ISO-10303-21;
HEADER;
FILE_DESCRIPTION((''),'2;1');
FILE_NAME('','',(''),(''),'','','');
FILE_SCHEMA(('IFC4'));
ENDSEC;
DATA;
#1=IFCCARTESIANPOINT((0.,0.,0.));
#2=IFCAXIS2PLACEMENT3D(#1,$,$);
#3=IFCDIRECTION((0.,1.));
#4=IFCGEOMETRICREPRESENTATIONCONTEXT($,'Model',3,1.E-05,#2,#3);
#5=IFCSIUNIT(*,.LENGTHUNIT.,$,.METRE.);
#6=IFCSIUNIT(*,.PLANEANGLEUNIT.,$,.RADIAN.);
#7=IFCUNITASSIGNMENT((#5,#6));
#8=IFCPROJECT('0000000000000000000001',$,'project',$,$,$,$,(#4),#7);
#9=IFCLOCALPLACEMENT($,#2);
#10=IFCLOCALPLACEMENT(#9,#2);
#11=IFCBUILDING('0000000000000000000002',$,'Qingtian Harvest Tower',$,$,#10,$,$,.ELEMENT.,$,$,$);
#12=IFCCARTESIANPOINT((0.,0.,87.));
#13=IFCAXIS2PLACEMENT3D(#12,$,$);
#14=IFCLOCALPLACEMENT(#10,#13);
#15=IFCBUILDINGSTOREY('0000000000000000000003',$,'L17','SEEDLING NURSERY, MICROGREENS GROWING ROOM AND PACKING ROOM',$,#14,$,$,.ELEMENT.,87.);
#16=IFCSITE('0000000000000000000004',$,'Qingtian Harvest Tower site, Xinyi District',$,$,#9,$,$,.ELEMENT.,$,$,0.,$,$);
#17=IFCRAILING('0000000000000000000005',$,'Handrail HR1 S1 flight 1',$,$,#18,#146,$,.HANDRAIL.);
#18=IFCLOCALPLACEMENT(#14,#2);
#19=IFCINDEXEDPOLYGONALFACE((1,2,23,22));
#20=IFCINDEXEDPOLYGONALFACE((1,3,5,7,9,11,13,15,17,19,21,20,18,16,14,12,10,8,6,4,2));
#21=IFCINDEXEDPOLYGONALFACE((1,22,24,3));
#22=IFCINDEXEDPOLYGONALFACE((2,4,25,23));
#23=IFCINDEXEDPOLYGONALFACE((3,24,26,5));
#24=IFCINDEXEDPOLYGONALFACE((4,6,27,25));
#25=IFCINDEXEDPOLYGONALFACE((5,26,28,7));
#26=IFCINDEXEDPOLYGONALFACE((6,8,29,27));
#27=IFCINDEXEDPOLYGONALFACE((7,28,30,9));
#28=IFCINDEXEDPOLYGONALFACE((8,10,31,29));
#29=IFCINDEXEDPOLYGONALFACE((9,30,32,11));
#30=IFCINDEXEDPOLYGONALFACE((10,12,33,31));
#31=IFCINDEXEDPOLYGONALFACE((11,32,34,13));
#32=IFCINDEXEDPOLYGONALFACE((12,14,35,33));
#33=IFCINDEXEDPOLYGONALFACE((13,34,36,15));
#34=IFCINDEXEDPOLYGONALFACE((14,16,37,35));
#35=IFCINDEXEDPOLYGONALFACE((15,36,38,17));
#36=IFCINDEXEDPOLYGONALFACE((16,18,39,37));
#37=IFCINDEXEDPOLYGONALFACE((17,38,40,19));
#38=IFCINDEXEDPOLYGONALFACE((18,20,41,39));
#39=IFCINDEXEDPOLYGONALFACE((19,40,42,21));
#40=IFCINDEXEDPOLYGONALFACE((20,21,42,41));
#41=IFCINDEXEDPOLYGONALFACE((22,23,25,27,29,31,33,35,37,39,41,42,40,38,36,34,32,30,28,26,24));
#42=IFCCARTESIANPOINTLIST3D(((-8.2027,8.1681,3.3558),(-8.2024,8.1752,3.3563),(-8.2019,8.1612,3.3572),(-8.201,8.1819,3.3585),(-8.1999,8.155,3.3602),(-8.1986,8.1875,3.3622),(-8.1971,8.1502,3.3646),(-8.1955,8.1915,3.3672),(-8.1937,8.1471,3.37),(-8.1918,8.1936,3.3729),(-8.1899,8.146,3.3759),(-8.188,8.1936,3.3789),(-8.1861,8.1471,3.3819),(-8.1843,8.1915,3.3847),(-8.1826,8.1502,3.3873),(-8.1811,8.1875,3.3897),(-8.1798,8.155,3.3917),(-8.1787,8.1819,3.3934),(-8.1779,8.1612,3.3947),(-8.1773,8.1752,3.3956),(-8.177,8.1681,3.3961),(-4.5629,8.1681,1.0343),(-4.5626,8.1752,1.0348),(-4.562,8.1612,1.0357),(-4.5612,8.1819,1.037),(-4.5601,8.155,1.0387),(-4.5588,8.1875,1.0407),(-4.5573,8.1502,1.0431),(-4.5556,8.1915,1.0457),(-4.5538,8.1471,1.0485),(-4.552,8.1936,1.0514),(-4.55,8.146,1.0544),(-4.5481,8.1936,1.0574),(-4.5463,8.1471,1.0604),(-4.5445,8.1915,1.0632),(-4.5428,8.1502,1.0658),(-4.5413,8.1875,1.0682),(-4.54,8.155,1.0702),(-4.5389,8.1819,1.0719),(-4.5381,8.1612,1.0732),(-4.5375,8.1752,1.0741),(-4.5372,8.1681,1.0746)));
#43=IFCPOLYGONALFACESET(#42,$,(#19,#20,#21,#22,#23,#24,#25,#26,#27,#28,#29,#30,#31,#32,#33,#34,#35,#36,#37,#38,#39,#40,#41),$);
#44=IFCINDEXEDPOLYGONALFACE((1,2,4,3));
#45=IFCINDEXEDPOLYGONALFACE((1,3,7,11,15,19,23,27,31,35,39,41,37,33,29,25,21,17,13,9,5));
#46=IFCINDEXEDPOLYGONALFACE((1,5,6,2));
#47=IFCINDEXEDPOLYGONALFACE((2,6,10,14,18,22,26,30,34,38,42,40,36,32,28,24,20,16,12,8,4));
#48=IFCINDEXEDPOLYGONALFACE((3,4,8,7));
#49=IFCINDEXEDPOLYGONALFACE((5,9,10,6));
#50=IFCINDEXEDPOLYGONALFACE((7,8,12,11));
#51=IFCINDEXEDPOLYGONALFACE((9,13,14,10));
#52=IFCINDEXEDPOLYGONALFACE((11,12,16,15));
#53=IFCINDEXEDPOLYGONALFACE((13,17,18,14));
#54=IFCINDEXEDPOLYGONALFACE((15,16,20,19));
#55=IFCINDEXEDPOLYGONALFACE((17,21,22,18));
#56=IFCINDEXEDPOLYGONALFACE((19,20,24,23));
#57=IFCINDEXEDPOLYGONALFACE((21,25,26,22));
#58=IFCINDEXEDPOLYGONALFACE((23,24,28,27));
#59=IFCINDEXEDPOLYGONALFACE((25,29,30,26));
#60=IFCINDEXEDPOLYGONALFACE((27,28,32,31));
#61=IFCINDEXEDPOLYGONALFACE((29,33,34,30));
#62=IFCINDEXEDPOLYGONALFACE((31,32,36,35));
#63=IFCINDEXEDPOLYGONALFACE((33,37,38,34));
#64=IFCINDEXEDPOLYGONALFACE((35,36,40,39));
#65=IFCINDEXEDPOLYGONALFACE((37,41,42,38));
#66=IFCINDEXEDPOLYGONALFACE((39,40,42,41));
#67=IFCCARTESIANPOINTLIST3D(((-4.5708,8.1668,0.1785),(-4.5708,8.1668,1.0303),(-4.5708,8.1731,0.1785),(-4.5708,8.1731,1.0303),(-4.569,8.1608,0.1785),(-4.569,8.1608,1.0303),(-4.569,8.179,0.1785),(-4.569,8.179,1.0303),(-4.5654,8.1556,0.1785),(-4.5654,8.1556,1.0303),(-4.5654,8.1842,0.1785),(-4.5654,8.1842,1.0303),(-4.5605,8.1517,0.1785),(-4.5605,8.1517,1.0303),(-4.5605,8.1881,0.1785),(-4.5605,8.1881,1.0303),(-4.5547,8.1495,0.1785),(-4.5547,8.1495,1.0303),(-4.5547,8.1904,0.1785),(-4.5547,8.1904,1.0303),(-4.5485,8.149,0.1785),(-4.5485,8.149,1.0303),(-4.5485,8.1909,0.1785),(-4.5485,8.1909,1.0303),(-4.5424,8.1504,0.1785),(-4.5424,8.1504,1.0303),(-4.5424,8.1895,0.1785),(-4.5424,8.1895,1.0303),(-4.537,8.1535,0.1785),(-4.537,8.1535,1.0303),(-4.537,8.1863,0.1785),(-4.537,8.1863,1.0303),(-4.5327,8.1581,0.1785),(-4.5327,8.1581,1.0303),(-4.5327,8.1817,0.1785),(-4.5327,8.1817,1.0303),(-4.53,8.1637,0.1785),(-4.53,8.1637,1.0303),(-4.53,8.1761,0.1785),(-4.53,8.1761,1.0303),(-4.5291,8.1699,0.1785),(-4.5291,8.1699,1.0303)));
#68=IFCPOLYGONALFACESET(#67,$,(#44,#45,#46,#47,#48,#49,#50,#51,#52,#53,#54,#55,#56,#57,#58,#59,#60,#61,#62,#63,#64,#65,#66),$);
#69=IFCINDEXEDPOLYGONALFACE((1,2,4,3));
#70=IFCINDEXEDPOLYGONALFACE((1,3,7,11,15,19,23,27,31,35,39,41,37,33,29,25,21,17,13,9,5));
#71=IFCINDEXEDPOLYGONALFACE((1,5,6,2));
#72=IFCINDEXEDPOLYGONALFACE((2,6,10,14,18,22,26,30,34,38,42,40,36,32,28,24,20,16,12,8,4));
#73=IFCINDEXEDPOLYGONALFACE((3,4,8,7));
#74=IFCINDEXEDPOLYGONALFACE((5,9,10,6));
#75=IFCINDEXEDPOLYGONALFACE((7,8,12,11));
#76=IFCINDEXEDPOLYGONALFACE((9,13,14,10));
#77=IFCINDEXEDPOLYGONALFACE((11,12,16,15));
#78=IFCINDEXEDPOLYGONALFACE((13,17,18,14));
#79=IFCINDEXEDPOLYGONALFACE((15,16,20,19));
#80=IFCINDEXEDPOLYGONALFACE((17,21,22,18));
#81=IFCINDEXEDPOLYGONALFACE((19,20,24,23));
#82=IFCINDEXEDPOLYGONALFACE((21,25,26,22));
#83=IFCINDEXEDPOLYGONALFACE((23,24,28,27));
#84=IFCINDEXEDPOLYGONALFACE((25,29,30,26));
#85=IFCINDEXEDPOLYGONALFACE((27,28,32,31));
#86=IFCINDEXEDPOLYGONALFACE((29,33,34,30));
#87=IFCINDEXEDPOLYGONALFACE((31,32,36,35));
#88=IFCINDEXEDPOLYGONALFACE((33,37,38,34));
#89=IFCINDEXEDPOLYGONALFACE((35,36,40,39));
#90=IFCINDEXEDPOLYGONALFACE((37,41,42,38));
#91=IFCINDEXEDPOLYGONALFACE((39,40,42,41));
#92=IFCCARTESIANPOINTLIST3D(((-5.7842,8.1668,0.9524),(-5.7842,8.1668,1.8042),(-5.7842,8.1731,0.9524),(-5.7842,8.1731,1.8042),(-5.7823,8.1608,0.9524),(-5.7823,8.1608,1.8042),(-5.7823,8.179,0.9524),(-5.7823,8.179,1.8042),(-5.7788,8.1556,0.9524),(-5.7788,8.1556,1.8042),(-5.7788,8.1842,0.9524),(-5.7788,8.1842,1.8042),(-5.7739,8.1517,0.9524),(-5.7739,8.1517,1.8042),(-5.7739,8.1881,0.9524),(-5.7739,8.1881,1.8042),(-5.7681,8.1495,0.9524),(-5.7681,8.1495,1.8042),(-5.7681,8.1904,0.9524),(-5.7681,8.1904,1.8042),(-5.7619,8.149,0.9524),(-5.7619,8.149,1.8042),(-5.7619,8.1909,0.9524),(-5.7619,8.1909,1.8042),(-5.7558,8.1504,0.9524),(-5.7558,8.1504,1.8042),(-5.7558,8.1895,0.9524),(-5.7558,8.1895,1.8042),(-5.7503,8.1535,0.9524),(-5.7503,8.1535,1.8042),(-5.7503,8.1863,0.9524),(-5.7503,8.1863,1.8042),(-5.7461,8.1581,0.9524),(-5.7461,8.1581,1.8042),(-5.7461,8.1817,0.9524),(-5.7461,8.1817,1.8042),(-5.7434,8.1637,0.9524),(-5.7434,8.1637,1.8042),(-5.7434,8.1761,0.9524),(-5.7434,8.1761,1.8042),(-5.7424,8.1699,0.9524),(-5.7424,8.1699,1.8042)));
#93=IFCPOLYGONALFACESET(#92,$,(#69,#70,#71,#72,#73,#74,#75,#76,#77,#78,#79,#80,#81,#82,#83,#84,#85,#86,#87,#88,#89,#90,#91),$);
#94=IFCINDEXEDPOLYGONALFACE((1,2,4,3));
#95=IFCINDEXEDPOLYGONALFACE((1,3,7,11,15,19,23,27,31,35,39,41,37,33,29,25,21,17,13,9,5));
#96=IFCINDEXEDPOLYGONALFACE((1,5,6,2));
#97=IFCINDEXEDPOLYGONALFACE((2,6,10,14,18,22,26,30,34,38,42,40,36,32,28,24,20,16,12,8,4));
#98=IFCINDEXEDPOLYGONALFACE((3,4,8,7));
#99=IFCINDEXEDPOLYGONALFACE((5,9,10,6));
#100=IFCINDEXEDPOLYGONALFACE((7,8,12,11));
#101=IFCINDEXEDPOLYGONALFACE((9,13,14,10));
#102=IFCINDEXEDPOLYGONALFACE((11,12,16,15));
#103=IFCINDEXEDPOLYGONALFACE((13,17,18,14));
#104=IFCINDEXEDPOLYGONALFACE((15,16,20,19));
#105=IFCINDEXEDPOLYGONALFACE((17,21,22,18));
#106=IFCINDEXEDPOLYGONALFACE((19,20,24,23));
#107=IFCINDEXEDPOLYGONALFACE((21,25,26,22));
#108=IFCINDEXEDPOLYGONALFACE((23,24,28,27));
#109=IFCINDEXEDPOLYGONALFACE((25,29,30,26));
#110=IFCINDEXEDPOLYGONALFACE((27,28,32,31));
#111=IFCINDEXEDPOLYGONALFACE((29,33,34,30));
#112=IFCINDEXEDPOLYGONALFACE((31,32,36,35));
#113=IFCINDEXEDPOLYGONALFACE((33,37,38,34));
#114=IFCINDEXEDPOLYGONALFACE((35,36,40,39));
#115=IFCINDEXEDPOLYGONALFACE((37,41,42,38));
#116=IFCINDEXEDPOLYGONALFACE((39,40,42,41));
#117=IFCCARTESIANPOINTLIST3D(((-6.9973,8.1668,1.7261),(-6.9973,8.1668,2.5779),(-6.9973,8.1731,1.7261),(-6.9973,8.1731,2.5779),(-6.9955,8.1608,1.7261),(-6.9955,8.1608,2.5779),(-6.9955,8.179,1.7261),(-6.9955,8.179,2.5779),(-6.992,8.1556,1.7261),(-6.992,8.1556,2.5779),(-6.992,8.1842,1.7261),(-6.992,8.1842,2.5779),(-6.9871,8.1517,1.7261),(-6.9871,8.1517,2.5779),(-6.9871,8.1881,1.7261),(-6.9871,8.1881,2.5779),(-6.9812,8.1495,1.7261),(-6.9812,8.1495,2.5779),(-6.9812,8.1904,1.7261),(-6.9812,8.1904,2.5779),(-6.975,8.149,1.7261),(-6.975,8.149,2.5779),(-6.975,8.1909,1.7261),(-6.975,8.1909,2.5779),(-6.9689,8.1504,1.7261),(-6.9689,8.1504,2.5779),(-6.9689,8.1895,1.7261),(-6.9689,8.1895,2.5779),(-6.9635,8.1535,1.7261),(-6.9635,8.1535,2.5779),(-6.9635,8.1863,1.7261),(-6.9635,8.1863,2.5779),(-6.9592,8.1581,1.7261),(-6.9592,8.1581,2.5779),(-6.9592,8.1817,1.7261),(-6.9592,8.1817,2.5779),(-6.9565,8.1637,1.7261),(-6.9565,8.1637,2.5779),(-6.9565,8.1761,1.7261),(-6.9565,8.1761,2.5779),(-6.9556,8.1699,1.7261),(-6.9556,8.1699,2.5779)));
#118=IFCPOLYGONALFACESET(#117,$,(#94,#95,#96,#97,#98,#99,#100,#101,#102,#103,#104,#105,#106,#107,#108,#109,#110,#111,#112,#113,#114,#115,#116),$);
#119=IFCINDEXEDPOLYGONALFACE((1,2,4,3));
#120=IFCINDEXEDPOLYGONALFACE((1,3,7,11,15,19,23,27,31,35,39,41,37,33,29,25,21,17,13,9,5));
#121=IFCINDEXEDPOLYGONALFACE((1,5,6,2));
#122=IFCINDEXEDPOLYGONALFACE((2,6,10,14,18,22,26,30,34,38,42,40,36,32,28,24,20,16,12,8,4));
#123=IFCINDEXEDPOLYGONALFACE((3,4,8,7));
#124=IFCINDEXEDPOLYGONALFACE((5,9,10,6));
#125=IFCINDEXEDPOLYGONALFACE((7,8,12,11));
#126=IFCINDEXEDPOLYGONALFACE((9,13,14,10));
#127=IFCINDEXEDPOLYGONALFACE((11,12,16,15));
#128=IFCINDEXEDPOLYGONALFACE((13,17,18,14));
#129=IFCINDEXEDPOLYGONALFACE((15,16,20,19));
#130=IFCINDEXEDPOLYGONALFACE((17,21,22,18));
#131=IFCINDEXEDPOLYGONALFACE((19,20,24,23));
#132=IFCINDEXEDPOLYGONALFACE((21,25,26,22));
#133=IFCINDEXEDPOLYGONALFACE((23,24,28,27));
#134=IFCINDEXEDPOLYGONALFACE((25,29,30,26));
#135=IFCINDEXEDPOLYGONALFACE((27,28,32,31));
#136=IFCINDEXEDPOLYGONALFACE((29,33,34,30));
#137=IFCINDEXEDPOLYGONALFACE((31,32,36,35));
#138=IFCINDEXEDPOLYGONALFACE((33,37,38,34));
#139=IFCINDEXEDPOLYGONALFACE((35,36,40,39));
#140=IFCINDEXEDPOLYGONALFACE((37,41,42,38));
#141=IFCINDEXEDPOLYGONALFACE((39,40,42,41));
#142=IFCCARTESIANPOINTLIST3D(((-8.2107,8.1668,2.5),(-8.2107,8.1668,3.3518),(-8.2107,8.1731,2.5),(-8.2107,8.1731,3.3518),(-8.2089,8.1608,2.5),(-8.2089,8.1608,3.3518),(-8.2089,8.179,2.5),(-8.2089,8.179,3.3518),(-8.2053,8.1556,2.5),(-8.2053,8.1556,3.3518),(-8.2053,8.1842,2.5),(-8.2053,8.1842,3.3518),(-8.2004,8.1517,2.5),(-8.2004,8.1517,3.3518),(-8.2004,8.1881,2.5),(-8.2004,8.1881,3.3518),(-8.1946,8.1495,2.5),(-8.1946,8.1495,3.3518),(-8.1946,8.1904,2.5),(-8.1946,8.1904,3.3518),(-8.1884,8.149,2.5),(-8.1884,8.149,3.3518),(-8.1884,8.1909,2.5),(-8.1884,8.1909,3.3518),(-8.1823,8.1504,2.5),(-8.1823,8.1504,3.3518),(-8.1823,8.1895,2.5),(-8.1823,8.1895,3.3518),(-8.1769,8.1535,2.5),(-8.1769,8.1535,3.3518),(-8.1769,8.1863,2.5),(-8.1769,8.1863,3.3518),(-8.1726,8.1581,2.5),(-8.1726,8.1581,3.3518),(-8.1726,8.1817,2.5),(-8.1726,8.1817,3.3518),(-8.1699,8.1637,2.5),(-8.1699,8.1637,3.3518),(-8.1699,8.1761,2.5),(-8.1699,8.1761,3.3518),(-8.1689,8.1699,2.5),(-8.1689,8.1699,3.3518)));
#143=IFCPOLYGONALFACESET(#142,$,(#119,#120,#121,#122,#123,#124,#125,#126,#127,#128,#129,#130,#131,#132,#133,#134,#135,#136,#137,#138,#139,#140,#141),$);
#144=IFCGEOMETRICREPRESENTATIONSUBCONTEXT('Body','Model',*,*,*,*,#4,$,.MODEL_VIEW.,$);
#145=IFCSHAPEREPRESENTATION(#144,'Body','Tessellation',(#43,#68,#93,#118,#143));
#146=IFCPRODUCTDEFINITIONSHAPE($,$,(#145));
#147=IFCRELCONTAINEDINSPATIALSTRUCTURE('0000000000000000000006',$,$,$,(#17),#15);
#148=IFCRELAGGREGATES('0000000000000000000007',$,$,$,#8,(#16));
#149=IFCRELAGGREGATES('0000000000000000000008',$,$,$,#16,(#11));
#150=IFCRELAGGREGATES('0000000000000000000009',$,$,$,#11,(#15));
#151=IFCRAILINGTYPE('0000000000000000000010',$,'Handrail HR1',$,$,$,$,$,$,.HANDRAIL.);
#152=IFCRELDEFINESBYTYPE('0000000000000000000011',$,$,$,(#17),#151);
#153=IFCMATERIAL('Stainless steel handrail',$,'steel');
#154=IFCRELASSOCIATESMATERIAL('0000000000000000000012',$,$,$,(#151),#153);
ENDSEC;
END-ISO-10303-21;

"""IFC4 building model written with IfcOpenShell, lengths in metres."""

from ifc_helpers import new_model, si_unit, direction, frame, origin, origin_2d, place, context, subcontext, project, spatial, circle, extrude, material, type_object, element, save


model = new_model("IFC4")

# Units and contexts
model_context = context("Model", 3, precision=1e-05, world=origin(), true_north=direction((0.0, 1.0)))
body_context = subcontext(model_context, "Body", "Model", "MODEL_VIEW")
ifc_project = project(units=[si_unit("LENGTHUNIT", "METRE"), si_unit("PLANEANGLEUNIT", "RADIAN")], contexts=[model_context])

# Site, building, storey
site_placement = place(None, origin())
site = spatial("IfcSite", under=ifc_project, at=site_placement, Name="Qingtian Harvest Tower site, Xinyi District", CompositionType="ELEMENT", RefElevation=0.0)
building_placement = place(site_placement, origin())
building = spatial("IfcBuilding", under=site, at=building_placement, Name="Qingtian Harvest Tower", CompositionType="ELEMENT")
storey_placement = place(building_placement, frame((0.0, 0.0, 87.0)))
storey = spatial("IfcBuildingStorey", under=building, at=storey_placement, Name="L17", Description="SEEDLING NURSERY, MICROGREENS GROWING ROOM AND PACKING ROOM", CompositionType="ELEMENT", Elevation=87.0)

# Railing
ifc_material_1 = material(Name="Stainless steel handrail", Category="steel")
railing_type = type_object("IfcRailingType", Name="Handrail HR1", PredefinedType="HANDRAIL", material=ifc_material_1)
railing_1_placement = place(storey_placement, frame((-4.55, 8.1699, 0.1785)))
element("IfcRailing", 1, at=railing_1_placement, inside=storey, type_object=railing_type, Name="Handrail HR1 S1 flight 1", PredefinedType="HANDRAIL", context=body_context, shape_type="SweptSolid", body=[
    extrude(circle(Radius=0.0239, at=origin_2d()), frame((0.0, 0.0, 0.876), z_axis=(-0.843112, 0.0, 0.537739), x_axis=(0.0, -1.0, 0.0)), (0.0, 0.0, 1.0), 4.3171),
    extrude(circle(Radius=0.021, at=origin_2d()), origin(), (0.0, 0.0, 1.0), 0.8518),
    extrude(circle(Radius=0.021, at=origin_2d()), frame((-1.2134, 0.0, 0.7739)), (0.0, 0.0, 1.0), 0.8518),
    extrude(circle(Radius=0.021, at=origin_2d()), frame((-2.4265, 0.0, 1.5476)), (0.0, 0.0, 1.0), 0.8518),
    extrude(circle(Radius=0.021, at=origin_2d()), frame((-3.6399, 0.0, 2.3215)), (0.0, 0.0, 1.0), 0.8518),
])

save(model, "model.ifc")
